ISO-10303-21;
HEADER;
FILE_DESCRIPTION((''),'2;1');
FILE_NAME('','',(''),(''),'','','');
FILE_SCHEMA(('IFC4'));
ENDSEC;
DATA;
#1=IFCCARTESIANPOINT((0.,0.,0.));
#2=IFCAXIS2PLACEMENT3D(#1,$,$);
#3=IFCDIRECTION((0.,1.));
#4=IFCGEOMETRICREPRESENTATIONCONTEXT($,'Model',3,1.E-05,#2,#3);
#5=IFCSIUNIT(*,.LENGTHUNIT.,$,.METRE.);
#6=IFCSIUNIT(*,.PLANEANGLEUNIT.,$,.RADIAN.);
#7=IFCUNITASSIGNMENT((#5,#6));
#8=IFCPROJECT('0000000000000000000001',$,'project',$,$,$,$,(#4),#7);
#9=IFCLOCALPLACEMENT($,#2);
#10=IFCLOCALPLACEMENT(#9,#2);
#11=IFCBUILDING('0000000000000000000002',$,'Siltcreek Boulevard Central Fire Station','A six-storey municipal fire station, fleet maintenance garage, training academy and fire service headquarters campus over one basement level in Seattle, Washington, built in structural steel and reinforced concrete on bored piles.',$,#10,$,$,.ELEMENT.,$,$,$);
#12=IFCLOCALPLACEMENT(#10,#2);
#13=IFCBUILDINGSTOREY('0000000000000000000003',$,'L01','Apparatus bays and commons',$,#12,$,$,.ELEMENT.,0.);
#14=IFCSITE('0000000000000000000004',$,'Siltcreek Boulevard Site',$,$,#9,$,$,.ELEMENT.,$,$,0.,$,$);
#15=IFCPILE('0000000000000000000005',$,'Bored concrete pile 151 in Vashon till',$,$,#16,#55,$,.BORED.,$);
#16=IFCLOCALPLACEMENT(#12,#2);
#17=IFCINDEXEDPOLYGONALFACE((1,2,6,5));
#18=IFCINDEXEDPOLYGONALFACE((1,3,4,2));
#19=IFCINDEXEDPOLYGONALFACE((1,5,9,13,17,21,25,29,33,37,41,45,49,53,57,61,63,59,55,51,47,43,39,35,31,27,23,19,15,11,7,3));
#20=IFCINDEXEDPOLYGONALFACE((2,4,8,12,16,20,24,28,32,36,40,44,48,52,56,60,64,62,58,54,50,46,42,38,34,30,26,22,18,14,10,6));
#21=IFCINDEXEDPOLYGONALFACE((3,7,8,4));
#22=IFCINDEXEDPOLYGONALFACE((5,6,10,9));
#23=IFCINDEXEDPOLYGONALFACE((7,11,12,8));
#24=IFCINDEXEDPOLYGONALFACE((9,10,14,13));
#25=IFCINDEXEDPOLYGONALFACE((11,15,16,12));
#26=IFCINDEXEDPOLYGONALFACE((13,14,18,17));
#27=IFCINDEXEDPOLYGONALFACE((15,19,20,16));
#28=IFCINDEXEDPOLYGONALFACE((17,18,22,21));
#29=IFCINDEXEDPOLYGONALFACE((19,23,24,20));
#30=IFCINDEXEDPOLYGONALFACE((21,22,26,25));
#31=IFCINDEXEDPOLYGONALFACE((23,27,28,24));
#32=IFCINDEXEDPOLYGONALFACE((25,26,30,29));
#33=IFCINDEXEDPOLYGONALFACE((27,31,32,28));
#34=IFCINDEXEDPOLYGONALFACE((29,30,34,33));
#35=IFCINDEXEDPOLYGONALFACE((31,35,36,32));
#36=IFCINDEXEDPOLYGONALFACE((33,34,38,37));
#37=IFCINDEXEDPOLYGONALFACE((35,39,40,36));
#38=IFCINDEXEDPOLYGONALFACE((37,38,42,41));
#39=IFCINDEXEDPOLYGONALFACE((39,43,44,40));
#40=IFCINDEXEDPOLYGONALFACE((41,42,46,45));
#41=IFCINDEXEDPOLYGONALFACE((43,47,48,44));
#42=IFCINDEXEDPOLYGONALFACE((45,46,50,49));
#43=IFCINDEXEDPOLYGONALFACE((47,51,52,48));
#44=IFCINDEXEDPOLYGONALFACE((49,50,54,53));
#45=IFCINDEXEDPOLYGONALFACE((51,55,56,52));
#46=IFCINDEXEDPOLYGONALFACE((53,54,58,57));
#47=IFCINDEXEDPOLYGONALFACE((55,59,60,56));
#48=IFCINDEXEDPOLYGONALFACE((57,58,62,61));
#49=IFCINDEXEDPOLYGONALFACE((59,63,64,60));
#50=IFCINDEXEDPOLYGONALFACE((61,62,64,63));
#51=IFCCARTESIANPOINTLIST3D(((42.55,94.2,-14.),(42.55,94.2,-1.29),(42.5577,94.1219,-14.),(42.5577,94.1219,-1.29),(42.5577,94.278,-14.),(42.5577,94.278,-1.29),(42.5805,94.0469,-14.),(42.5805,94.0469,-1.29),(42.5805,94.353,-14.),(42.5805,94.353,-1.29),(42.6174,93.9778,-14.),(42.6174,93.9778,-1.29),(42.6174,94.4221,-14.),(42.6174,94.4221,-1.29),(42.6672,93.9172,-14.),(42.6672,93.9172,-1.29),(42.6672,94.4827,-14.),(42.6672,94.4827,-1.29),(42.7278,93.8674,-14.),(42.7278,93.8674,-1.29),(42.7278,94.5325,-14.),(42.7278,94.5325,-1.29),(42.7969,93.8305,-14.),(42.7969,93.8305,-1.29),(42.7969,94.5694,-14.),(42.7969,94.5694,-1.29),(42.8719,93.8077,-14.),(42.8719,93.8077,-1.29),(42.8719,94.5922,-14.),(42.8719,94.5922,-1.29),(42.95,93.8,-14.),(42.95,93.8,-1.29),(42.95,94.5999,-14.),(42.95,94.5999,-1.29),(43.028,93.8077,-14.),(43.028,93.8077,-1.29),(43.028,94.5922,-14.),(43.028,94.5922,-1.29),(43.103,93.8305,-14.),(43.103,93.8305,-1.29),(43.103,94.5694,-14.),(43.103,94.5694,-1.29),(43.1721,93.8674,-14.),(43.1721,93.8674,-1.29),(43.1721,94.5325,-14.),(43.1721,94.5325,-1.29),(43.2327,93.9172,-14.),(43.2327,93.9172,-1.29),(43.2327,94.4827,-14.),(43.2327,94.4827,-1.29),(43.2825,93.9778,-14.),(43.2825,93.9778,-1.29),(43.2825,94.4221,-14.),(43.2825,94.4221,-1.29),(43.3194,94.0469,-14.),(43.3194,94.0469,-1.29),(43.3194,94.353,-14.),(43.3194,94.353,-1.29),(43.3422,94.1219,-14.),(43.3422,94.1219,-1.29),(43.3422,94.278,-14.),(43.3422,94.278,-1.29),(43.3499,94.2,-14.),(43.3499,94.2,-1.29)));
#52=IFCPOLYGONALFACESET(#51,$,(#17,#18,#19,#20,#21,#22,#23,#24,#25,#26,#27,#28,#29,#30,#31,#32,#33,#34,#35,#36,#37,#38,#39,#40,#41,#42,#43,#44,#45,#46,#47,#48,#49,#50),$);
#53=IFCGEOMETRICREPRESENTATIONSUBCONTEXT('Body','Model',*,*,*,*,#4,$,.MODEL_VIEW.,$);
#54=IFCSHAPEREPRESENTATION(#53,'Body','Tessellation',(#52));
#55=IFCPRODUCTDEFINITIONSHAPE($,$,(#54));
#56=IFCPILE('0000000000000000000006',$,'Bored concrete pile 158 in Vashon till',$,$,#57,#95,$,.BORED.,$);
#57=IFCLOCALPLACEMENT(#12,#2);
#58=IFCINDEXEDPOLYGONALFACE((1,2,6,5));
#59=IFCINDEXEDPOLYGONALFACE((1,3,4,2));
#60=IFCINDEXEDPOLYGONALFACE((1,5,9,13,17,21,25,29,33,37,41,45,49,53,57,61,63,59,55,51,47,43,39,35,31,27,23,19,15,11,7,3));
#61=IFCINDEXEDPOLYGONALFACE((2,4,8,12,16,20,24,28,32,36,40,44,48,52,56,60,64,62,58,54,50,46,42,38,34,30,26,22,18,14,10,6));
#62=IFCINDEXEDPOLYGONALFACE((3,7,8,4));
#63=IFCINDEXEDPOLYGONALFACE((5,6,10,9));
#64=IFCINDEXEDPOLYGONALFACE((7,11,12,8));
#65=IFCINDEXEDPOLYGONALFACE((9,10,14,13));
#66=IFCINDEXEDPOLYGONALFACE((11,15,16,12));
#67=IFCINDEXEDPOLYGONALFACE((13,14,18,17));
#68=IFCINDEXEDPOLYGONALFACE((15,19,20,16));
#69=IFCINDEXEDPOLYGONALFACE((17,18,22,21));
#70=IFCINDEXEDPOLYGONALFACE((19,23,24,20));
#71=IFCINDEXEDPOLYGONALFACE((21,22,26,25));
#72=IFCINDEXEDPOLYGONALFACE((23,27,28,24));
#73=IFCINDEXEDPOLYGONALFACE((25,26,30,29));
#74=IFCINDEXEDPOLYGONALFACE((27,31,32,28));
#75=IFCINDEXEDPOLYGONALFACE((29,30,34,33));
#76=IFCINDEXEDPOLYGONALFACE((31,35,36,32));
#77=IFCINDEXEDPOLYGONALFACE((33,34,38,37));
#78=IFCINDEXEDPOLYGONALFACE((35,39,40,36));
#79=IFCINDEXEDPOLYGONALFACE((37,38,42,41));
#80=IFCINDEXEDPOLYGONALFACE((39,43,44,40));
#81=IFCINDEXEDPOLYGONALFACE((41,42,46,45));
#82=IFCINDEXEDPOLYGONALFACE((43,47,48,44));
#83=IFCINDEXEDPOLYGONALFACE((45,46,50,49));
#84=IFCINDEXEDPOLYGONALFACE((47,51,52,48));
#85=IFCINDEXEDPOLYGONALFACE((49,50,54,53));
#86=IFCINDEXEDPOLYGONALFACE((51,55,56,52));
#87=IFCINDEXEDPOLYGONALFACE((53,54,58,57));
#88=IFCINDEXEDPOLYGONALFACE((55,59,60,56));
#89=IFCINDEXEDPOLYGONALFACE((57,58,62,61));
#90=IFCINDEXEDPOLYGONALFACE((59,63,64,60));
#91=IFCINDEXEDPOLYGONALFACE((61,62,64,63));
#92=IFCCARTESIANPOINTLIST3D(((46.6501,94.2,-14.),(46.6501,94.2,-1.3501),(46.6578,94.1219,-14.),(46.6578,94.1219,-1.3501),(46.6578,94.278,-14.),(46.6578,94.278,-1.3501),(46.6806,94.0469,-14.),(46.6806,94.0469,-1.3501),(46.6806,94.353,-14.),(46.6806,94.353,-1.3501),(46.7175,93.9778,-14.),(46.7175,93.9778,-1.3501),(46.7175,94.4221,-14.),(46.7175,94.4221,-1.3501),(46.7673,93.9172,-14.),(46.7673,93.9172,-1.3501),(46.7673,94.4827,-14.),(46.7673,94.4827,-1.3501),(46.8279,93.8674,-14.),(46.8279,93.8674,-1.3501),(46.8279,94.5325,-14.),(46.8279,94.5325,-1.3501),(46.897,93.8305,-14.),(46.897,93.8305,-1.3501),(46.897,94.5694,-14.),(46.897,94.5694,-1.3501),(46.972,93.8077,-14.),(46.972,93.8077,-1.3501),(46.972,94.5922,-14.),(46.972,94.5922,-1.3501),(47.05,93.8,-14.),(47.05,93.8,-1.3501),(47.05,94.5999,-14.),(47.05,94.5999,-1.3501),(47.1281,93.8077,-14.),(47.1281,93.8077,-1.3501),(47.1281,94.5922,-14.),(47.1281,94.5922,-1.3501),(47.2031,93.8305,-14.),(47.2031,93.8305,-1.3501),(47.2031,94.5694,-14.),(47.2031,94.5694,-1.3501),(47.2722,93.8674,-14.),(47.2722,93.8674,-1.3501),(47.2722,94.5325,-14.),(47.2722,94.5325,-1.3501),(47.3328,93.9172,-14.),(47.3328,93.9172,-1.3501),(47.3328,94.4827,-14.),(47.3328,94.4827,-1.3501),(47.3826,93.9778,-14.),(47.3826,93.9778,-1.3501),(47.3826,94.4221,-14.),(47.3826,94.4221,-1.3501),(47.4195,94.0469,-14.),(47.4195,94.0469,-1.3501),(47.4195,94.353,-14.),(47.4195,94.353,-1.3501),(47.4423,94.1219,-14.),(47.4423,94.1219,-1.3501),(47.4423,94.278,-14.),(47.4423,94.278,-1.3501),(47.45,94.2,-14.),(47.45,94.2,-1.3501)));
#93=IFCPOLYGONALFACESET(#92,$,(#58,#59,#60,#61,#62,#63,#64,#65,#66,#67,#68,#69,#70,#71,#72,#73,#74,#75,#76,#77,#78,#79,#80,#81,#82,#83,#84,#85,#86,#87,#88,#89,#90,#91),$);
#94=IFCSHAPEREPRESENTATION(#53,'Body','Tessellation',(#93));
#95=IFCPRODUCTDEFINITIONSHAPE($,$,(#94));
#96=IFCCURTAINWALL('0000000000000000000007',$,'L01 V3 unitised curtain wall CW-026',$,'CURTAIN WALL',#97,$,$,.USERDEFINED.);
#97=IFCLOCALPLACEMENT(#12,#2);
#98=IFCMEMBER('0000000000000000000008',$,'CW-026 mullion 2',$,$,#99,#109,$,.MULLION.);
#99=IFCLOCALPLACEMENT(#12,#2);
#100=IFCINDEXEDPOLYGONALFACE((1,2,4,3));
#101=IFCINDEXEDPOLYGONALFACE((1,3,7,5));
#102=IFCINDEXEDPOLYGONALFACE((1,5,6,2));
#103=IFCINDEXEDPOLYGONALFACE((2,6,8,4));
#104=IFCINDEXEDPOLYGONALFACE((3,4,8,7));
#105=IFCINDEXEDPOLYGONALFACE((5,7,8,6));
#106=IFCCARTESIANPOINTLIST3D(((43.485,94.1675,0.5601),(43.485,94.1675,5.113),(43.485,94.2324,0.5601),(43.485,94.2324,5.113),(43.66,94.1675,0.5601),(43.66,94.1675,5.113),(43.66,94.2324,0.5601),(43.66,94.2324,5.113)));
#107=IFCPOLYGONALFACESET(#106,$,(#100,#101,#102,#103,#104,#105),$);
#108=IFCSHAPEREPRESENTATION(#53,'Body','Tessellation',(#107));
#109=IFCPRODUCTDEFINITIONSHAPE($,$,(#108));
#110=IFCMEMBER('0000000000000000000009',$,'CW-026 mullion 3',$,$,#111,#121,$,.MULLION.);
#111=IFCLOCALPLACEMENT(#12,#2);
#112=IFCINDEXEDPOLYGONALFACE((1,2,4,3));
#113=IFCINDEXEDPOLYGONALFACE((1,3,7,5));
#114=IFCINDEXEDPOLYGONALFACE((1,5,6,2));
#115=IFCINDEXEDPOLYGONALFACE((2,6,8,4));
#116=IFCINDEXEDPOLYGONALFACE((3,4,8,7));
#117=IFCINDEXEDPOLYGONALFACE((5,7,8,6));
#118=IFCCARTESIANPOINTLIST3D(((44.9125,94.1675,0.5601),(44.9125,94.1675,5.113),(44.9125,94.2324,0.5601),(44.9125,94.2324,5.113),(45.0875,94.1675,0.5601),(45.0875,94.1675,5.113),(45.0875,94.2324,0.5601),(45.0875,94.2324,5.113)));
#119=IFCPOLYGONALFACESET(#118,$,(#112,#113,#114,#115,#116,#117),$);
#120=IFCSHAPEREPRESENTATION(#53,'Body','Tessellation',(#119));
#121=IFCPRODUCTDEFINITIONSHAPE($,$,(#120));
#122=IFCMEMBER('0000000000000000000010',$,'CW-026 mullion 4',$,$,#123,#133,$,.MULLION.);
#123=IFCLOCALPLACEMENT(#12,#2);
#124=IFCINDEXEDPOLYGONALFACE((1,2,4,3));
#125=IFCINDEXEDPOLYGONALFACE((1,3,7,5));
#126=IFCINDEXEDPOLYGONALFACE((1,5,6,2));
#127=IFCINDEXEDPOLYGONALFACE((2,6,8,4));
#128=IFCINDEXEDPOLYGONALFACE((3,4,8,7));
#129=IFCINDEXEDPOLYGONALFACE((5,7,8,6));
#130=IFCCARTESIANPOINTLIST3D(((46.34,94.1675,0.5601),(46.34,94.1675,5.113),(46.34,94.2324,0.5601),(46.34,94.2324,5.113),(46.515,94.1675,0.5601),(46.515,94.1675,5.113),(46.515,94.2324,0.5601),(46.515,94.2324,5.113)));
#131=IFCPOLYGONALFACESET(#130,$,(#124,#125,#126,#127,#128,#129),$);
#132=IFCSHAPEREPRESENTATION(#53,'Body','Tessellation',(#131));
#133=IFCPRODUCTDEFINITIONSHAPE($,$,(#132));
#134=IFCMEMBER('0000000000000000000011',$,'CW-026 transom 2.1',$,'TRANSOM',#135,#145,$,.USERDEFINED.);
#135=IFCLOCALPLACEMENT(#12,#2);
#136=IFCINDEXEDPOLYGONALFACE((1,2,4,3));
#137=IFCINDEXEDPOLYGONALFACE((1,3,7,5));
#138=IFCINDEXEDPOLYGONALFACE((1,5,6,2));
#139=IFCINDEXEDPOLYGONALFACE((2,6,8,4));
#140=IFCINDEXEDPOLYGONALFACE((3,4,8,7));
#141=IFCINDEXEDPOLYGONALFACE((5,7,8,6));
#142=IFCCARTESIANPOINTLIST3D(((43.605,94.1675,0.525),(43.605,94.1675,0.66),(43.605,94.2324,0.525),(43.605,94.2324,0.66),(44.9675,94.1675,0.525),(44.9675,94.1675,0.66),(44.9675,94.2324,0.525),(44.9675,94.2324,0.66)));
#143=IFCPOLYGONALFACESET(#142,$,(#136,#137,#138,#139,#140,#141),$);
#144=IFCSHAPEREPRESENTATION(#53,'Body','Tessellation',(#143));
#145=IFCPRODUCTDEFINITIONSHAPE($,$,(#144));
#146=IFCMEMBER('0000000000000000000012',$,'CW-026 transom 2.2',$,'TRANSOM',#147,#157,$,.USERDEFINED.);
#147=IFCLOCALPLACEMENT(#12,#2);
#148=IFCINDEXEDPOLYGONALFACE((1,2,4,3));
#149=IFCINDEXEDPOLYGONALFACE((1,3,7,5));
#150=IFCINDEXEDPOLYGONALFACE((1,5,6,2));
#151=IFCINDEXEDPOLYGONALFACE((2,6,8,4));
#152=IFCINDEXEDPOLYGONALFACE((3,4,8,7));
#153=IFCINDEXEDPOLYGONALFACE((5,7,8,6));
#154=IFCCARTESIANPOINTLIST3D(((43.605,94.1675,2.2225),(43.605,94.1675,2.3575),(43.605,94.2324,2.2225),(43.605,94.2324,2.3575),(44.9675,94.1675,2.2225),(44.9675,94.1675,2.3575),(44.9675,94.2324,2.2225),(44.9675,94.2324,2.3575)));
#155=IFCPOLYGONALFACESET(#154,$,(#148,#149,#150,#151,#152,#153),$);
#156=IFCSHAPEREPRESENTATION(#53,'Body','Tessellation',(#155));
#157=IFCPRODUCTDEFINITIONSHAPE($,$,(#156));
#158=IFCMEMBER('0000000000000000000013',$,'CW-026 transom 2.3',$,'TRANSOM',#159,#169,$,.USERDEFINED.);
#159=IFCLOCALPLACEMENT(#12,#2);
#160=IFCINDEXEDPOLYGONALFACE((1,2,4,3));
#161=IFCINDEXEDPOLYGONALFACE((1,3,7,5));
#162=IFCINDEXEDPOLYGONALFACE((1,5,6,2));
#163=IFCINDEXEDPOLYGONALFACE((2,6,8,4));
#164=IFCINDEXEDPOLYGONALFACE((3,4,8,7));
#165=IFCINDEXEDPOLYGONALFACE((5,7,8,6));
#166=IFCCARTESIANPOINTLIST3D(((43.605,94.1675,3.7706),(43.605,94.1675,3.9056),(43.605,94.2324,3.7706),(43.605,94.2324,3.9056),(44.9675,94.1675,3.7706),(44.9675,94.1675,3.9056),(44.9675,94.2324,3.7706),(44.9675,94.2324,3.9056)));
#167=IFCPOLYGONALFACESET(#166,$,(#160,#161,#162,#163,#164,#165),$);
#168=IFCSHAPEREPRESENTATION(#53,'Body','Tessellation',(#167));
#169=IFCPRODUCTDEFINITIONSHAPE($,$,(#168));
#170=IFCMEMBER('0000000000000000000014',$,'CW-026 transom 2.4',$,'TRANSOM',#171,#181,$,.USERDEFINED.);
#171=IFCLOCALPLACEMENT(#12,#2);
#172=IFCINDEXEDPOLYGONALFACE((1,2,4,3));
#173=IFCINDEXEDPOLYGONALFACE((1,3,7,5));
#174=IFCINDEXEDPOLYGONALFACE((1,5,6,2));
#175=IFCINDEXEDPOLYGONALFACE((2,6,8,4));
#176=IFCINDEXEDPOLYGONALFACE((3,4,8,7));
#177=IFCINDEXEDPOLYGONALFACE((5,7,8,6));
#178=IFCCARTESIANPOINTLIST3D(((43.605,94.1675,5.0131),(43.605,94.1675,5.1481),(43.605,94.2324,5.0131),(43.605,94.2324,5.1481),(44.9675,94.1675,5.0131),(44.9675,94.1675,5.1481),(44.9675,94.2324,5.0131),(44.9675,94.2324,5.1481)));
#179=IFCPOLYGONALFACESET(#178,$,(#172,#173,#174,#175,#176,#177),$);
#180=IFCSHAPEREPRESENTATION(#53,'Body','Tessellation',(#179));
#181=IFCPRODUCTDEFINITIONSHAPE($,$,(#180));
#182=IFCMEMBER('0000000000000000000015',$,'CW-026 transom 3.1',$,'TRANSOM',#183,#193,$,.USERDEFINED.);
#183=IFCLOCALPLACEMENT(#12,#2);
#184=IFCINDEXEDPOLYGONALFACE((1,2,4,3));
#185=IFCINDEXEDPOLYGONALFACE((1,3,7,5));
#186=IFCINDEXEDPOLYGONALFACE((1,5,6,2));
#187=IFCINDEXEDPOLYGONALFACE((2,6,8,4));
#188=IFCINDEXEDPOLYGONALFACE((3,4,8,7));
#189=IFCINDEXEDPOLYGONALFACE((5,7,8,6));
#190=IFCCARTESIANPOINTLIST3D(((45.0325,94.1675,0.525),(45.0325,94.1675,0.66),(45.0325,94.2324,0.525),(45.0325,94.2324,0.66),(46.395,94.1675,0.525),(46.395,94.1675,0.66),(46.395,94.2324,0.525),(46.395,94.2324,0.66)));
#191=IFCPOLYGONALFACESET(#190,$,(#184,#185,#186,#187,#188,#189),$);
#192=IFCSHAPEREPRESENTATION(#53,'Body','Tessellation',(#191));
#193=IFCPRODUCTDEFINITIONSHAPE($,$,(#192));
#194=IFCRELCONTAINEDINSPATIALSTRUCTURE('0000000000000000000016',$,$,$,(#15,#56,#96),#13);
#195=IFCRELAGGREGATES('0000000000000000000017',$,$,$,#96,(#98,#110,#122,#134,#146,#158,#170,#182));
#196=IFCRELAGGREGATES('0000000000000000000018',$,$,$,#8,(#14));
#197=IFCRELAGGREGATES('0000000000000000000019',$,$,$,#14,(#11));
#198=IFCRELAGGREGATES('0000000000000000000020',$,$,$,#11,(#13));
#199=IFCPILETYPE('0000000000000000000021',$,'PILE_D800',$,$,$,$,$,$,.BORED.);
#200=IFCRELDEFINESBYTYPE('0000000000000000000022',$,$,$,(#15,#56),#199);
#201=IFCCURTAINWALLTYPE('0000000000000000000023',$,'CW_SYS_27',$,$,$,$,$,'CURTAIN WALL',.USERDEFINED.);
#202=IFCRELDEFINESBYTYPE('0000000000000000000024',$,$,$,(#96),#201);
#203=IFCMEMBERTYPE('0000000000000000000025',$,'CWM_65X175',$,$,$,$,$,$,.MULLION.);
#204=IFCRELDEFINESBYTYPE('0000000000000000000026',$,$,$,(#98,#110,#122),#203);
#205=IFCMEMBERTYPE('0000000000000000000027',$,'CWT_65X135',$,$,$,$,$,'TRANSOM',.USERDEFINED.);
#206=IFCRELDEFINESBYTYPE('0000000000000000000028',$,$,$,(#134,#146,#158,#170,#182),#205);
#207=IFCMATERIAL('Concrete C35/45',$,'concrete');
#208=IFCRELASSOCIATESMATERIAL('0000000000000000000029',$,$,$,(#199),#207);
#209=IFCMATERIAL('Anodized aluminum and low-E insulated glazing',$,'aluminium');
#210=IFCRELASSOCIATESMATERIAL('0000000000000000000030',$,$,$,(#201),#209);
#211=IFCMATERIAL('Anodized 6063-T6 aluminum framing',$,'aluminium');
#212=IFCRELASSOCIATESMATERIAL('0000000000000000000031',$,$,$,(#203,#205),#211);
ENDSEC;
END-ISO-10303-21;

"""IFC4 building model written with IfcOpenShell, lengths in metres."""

from ifc_helpers import new_model, si_unit, direction, frame, origin, origin_2d, place, context, subcontext, project, spatial, rectangle, circle, extrude, material, material_profile, profile_set, type_object, element, aggregate, save


model = new_model("IFC4")

# Units and contexts
model_context = context("Model", 3, precision=1e-05, world=origin(), true_north=direction((0.0, 1.0)))
body_context = subcontext(model_context, "Body", "Model", "MODEL_VIEW")
ifc_project = project(units=[si_unit("LENGTHUNIT", "METRE"), si_unit("PLANEANGLEUNIT", "RADIAN")], contexts=[model_context])

# Site, building, storey
site_placement = place(None, origin())
site = spatial("IfcSite", under=ifc_project, at=site_placement, Name="Siltcreek Boulevard Site", CompositionType="ELEMENT", RefElevation=0.0)
building_placement = place(site_placement, origin())
building = spatial("IfcBuilding", under=site, at=building_placement, Name="Siltcreek Boulevard Central Fire Station", Description="A six-storey municipal fire station, fleet maintenance garage, training academy and fire service headquarters campus over one basement level in Seattle, Washington, built in structural steel and reinforced concrete on bored piles.", CompositionType="ELEMENT")
storey_placement = place(building_placement, origin())
storey = spatial("IfcBuildingStorey", under=building, at=storey_placement, Name="L01", Description="Apparatus bays and commons", CompositionType="ELEMENT", Elevation=0.0)

# Piles
ifc_material_1 = material(Name="Concrete C35/45", Category="concrete")
ifc_material_profile_1 = material_profile(ifc_material_1, circle(Radius=0.3999, at=origin_2d()), Name="SHAFT800")
ifc_profile_set_1 = profile_set([ifc_material_profile_1], Name="Concrete C35/45")
pile_type = type_object("IfcPileType", Name="PILE_D800", PredefinedType="BORED", material=ifc_profile_set_1)
pile_1_placement = place(storey_placement, frame((42.95, 94.2, -1.29), z_axis=(0.0, 0.0, -1.0), x_axis=(1.0, 0.0, 0.0)))
element("IfcPile", 1, at=pile_1_placement, inside=storey, type_object=pile_type, Name="Bored concrete pile 151 in Vashon till", PredefinedType="BORED", context=body_context, shape_type="SweptSolid", body=[
    extrude(circle(Radius=0.3999, at=origin_2d()), origin(), (0.0, 0.0, 1.0), 12.71),
])
pile_2_placement = place(storey_placement, frame((47.05, 94.2, -1.3501), z_axis=(0.0, 0.0, -1.0), x_axis=(1.0, 0.0, 0.0)))
element("IfcPile", 2, at=pile_2_placement, inside=storey, type_object=pile_type, Name="Bored concrete pile 158 in Vashon till", PredefinedType="BORED", context=body_context, shape_type="SweptSolid", body=[
    extrude(circle(Radius=0.3999, at=origin_2d()), origin(), (0.0, 0.0, 1.0), 12.6499),
])

# Curtain wall, members
ifc_material_2 = material(Name="Anodized aluminum and low-E insulated glazing", Category="aluminium")
curtain_wall_type = type_object("IfcCurtainWallType", Name="CW_SYS_27", ElementType="CURTAIN WALL", PredefinedType="USERDEFINED", material=ifc_material_2)
curtain_wall_placement = place(storey_placement, origin())
curtain_wall = element("IfcCurtainWall", 3, at=curtain_wall_placement, inside=storey, type_object=curtain_wall_type, Name="L01 V3 unitised curtain wall CW-026", ObjectType="CURTAIN WALL", PredefinedType="USERDEFINED")
ifc_material_3 = material(Name="Anodized 6063-T6 aluminum framing", Category="aluminium")
ifc_material_profile_2 = material_profile(ifc_material_3, rectangle(XDim=0.0649, YDim=0.175, at=origin_2d()), Name="MULL65X175")
ifc_profile_set_2 = profile_set([ifc_material_profile_2], Name="Anodized 6063-T6 aluminum framing")
member_type_1 = type_object("IfcMemberType", Name="CWM_65X175", PredefinedType="MULLION", material=ifc_profile_set_2)
member_1_placement = place(storey_placement, frame((43.5725, 94.2, 0.5601), z_axis=(0.0, 0.0, 1.0), x_axis=(0.0, 1.0, 0.0)))
member_1 = element("IfcMember", 4, at=member_1_placement, type_object=member_type_1, Name="CW-026 mullion 2", PredefinedType="MULLION", context=body_context, shape_type="SweptSolid", body=[
    extrude(rectangle(XDim=0.0649, YDim=0.175, at=origin_2d()), origin(), (0.0, 0.0, 1.0), 4.553),
])
member_2_placement = place(storey_placement, frame((45.0, 94.2, 0.5601), z_axis=(0.0, 0.0, 1.0), x_axis=(0.0, 1.0, 0.0)))
member_2 = element("IfcMember", 5, at=member_2_placement, type_object=member_type_1, Name="CW-026 mullion 3", PredefinedType="MULLION", context=body_context, shape_type="SweptSolid", body=[
    extrude(rectangle(XDim=0.0649, YDim=0.175, at=origin_2d()), origin(), (0.0, 0.0, 1.0), 4.553),
])
member_3_placement = place(storey_placement, frame((46.4275, 94.2, 0.5601), z_axis=(0.0, 0.0, 1.0), x_axis=(0.0, 1.0, 0.0)))
member_3 = element("IfcMember", 6, at=member_3_placement, type_object=member_type_1, Name="CW-026 mullion 4", PredefinedType="MULLION", context=body_context, shape_type="SweptSolid", body=[
    extrude(rectangle(XDim=0.0649, YDim=0.175, at=origin_2d()), origin(), (0.0, 0.0, 1.0), 4.553),
])
ifc_material_profile_3 = material_profile(ifc_material_3, rectangle(XDim=0.0649, YDim=0.135, at=origin_2d()), Name="TRAN65X135")
ifc_profile_set_3 = profile_set([ifc_material_profile_3], Name="Anodized 6063-T6 aluminum framing")
member_type_2 = type_object("IfcMemberType", Name="CWT_65X135", ElementType="TRANSOM", PredefinedType="USERDEFINED", material=ifc_profile_set_3)
member_4_placement = place(storey_placement, frame((43.605, 94.2, 0.5925), z_axis=(1.0, 0.0, 0.0), x_axis=(0.0, 1.0, 0.0)))
member_4 = element("IfcMember", 7, at=member_4_placement, type_object=member_type_2, Name="CW-026 transom 2.1", ObjectType="TRANSOM", PredefinedType="USERDEFINED", context=body_context, shape_type="SweptSolid", body=[
    extrude(rectangle(XDim=0.0649, YDim=0.135, at=origin_2d()), origin(), (0.0, 0.0, 1.0), 1.3625),
])
member_5_placement = place(storey_placement, frame((43.605, 94.2, 2.29), z_axis=(1.0, 0.0, 0.0), x_axis=(0.0, 1.0, 0.0)))
member_5 = element("IfcMember", 8, at=member_5_placement, type_object=member_type_2, Name="CW-026 transom 2.2", ObjectType="TRANSOM", PredefinedType="USERDEFINED", context=body_context, shape_type="SweptSolid", body=[
    extrude(rectangle(XDim=0.0649, YDim=0.135, at=origin_2d()), origin(), (0.0, 0.0, 1.0), 1.3625),
])
member_6_placement = place(storey_placement, frame((43.605, 94.2, 3.8381), z_axis=(1.0, 0.0, 0.0), x_axis=(0.0, 1.0, 0.0)))
member_6 = element("IfcMember", 9, at=member_6_placement, type_object=member_type_2, Name="CW-026 transom 2.3", ObjectType="TRANSOM", PredefinedType="USERDEFINED", context=body_context, shape_type="SweptSolid", body=[
    extrude(rectangle(XDim=0.0649, YDim=0.135, at=origin_2d()), origin(), (0.0, 0.0, 1.0), 1.3625),
])
member_7_placement = place(storey_placement, frame((43.605, 94.2, 5.0806), z_axis=(1.0, 0.0, 0.0), x_axis=(0.0, 1.0, 0.0)))
member_7 = element("IfcMember", 10, at=member_7_placement, type_object=member_type_2, Name="CW-026 transom 2.4", ObjectType="TRANSOM", PredefinedType="USERDEFINED", context=body_context, shape_type="SweptSolid", body=[
    extrude(rectangle(XDim=0.0649, YDim=0.135, at=origin_2d()), origin(), (0.0, 0.0, 1.0), 1.3625),
])
member_8_placement = place(storey_placement, frame((45.0325, 94.2, 0.5925), z_axis=(1.0, 0.0, 0.0), x_axis=(0.0, 1.0, 0.0)))
member_8 = element("IfcMember", 11, at=member_8_placement, type_object=member_type_2, Name="CW-026 transom 3.1", ObjectType="TRANSOM", PredefinedType="USERDEFINED", context=body_context, shape_type="SweptSolid", body=[
    extrude(rectangle(XDim=0.0649, YDim=0.135, at=origin_2d()), origin(), (0.0, 0.0, 1.0), 1.3625),
])

aggregate(curtain_wall, [member_1, member_2, member_3, member_4, member_5, member_6, member_7, member_8])

save(model, "model.ifc")
